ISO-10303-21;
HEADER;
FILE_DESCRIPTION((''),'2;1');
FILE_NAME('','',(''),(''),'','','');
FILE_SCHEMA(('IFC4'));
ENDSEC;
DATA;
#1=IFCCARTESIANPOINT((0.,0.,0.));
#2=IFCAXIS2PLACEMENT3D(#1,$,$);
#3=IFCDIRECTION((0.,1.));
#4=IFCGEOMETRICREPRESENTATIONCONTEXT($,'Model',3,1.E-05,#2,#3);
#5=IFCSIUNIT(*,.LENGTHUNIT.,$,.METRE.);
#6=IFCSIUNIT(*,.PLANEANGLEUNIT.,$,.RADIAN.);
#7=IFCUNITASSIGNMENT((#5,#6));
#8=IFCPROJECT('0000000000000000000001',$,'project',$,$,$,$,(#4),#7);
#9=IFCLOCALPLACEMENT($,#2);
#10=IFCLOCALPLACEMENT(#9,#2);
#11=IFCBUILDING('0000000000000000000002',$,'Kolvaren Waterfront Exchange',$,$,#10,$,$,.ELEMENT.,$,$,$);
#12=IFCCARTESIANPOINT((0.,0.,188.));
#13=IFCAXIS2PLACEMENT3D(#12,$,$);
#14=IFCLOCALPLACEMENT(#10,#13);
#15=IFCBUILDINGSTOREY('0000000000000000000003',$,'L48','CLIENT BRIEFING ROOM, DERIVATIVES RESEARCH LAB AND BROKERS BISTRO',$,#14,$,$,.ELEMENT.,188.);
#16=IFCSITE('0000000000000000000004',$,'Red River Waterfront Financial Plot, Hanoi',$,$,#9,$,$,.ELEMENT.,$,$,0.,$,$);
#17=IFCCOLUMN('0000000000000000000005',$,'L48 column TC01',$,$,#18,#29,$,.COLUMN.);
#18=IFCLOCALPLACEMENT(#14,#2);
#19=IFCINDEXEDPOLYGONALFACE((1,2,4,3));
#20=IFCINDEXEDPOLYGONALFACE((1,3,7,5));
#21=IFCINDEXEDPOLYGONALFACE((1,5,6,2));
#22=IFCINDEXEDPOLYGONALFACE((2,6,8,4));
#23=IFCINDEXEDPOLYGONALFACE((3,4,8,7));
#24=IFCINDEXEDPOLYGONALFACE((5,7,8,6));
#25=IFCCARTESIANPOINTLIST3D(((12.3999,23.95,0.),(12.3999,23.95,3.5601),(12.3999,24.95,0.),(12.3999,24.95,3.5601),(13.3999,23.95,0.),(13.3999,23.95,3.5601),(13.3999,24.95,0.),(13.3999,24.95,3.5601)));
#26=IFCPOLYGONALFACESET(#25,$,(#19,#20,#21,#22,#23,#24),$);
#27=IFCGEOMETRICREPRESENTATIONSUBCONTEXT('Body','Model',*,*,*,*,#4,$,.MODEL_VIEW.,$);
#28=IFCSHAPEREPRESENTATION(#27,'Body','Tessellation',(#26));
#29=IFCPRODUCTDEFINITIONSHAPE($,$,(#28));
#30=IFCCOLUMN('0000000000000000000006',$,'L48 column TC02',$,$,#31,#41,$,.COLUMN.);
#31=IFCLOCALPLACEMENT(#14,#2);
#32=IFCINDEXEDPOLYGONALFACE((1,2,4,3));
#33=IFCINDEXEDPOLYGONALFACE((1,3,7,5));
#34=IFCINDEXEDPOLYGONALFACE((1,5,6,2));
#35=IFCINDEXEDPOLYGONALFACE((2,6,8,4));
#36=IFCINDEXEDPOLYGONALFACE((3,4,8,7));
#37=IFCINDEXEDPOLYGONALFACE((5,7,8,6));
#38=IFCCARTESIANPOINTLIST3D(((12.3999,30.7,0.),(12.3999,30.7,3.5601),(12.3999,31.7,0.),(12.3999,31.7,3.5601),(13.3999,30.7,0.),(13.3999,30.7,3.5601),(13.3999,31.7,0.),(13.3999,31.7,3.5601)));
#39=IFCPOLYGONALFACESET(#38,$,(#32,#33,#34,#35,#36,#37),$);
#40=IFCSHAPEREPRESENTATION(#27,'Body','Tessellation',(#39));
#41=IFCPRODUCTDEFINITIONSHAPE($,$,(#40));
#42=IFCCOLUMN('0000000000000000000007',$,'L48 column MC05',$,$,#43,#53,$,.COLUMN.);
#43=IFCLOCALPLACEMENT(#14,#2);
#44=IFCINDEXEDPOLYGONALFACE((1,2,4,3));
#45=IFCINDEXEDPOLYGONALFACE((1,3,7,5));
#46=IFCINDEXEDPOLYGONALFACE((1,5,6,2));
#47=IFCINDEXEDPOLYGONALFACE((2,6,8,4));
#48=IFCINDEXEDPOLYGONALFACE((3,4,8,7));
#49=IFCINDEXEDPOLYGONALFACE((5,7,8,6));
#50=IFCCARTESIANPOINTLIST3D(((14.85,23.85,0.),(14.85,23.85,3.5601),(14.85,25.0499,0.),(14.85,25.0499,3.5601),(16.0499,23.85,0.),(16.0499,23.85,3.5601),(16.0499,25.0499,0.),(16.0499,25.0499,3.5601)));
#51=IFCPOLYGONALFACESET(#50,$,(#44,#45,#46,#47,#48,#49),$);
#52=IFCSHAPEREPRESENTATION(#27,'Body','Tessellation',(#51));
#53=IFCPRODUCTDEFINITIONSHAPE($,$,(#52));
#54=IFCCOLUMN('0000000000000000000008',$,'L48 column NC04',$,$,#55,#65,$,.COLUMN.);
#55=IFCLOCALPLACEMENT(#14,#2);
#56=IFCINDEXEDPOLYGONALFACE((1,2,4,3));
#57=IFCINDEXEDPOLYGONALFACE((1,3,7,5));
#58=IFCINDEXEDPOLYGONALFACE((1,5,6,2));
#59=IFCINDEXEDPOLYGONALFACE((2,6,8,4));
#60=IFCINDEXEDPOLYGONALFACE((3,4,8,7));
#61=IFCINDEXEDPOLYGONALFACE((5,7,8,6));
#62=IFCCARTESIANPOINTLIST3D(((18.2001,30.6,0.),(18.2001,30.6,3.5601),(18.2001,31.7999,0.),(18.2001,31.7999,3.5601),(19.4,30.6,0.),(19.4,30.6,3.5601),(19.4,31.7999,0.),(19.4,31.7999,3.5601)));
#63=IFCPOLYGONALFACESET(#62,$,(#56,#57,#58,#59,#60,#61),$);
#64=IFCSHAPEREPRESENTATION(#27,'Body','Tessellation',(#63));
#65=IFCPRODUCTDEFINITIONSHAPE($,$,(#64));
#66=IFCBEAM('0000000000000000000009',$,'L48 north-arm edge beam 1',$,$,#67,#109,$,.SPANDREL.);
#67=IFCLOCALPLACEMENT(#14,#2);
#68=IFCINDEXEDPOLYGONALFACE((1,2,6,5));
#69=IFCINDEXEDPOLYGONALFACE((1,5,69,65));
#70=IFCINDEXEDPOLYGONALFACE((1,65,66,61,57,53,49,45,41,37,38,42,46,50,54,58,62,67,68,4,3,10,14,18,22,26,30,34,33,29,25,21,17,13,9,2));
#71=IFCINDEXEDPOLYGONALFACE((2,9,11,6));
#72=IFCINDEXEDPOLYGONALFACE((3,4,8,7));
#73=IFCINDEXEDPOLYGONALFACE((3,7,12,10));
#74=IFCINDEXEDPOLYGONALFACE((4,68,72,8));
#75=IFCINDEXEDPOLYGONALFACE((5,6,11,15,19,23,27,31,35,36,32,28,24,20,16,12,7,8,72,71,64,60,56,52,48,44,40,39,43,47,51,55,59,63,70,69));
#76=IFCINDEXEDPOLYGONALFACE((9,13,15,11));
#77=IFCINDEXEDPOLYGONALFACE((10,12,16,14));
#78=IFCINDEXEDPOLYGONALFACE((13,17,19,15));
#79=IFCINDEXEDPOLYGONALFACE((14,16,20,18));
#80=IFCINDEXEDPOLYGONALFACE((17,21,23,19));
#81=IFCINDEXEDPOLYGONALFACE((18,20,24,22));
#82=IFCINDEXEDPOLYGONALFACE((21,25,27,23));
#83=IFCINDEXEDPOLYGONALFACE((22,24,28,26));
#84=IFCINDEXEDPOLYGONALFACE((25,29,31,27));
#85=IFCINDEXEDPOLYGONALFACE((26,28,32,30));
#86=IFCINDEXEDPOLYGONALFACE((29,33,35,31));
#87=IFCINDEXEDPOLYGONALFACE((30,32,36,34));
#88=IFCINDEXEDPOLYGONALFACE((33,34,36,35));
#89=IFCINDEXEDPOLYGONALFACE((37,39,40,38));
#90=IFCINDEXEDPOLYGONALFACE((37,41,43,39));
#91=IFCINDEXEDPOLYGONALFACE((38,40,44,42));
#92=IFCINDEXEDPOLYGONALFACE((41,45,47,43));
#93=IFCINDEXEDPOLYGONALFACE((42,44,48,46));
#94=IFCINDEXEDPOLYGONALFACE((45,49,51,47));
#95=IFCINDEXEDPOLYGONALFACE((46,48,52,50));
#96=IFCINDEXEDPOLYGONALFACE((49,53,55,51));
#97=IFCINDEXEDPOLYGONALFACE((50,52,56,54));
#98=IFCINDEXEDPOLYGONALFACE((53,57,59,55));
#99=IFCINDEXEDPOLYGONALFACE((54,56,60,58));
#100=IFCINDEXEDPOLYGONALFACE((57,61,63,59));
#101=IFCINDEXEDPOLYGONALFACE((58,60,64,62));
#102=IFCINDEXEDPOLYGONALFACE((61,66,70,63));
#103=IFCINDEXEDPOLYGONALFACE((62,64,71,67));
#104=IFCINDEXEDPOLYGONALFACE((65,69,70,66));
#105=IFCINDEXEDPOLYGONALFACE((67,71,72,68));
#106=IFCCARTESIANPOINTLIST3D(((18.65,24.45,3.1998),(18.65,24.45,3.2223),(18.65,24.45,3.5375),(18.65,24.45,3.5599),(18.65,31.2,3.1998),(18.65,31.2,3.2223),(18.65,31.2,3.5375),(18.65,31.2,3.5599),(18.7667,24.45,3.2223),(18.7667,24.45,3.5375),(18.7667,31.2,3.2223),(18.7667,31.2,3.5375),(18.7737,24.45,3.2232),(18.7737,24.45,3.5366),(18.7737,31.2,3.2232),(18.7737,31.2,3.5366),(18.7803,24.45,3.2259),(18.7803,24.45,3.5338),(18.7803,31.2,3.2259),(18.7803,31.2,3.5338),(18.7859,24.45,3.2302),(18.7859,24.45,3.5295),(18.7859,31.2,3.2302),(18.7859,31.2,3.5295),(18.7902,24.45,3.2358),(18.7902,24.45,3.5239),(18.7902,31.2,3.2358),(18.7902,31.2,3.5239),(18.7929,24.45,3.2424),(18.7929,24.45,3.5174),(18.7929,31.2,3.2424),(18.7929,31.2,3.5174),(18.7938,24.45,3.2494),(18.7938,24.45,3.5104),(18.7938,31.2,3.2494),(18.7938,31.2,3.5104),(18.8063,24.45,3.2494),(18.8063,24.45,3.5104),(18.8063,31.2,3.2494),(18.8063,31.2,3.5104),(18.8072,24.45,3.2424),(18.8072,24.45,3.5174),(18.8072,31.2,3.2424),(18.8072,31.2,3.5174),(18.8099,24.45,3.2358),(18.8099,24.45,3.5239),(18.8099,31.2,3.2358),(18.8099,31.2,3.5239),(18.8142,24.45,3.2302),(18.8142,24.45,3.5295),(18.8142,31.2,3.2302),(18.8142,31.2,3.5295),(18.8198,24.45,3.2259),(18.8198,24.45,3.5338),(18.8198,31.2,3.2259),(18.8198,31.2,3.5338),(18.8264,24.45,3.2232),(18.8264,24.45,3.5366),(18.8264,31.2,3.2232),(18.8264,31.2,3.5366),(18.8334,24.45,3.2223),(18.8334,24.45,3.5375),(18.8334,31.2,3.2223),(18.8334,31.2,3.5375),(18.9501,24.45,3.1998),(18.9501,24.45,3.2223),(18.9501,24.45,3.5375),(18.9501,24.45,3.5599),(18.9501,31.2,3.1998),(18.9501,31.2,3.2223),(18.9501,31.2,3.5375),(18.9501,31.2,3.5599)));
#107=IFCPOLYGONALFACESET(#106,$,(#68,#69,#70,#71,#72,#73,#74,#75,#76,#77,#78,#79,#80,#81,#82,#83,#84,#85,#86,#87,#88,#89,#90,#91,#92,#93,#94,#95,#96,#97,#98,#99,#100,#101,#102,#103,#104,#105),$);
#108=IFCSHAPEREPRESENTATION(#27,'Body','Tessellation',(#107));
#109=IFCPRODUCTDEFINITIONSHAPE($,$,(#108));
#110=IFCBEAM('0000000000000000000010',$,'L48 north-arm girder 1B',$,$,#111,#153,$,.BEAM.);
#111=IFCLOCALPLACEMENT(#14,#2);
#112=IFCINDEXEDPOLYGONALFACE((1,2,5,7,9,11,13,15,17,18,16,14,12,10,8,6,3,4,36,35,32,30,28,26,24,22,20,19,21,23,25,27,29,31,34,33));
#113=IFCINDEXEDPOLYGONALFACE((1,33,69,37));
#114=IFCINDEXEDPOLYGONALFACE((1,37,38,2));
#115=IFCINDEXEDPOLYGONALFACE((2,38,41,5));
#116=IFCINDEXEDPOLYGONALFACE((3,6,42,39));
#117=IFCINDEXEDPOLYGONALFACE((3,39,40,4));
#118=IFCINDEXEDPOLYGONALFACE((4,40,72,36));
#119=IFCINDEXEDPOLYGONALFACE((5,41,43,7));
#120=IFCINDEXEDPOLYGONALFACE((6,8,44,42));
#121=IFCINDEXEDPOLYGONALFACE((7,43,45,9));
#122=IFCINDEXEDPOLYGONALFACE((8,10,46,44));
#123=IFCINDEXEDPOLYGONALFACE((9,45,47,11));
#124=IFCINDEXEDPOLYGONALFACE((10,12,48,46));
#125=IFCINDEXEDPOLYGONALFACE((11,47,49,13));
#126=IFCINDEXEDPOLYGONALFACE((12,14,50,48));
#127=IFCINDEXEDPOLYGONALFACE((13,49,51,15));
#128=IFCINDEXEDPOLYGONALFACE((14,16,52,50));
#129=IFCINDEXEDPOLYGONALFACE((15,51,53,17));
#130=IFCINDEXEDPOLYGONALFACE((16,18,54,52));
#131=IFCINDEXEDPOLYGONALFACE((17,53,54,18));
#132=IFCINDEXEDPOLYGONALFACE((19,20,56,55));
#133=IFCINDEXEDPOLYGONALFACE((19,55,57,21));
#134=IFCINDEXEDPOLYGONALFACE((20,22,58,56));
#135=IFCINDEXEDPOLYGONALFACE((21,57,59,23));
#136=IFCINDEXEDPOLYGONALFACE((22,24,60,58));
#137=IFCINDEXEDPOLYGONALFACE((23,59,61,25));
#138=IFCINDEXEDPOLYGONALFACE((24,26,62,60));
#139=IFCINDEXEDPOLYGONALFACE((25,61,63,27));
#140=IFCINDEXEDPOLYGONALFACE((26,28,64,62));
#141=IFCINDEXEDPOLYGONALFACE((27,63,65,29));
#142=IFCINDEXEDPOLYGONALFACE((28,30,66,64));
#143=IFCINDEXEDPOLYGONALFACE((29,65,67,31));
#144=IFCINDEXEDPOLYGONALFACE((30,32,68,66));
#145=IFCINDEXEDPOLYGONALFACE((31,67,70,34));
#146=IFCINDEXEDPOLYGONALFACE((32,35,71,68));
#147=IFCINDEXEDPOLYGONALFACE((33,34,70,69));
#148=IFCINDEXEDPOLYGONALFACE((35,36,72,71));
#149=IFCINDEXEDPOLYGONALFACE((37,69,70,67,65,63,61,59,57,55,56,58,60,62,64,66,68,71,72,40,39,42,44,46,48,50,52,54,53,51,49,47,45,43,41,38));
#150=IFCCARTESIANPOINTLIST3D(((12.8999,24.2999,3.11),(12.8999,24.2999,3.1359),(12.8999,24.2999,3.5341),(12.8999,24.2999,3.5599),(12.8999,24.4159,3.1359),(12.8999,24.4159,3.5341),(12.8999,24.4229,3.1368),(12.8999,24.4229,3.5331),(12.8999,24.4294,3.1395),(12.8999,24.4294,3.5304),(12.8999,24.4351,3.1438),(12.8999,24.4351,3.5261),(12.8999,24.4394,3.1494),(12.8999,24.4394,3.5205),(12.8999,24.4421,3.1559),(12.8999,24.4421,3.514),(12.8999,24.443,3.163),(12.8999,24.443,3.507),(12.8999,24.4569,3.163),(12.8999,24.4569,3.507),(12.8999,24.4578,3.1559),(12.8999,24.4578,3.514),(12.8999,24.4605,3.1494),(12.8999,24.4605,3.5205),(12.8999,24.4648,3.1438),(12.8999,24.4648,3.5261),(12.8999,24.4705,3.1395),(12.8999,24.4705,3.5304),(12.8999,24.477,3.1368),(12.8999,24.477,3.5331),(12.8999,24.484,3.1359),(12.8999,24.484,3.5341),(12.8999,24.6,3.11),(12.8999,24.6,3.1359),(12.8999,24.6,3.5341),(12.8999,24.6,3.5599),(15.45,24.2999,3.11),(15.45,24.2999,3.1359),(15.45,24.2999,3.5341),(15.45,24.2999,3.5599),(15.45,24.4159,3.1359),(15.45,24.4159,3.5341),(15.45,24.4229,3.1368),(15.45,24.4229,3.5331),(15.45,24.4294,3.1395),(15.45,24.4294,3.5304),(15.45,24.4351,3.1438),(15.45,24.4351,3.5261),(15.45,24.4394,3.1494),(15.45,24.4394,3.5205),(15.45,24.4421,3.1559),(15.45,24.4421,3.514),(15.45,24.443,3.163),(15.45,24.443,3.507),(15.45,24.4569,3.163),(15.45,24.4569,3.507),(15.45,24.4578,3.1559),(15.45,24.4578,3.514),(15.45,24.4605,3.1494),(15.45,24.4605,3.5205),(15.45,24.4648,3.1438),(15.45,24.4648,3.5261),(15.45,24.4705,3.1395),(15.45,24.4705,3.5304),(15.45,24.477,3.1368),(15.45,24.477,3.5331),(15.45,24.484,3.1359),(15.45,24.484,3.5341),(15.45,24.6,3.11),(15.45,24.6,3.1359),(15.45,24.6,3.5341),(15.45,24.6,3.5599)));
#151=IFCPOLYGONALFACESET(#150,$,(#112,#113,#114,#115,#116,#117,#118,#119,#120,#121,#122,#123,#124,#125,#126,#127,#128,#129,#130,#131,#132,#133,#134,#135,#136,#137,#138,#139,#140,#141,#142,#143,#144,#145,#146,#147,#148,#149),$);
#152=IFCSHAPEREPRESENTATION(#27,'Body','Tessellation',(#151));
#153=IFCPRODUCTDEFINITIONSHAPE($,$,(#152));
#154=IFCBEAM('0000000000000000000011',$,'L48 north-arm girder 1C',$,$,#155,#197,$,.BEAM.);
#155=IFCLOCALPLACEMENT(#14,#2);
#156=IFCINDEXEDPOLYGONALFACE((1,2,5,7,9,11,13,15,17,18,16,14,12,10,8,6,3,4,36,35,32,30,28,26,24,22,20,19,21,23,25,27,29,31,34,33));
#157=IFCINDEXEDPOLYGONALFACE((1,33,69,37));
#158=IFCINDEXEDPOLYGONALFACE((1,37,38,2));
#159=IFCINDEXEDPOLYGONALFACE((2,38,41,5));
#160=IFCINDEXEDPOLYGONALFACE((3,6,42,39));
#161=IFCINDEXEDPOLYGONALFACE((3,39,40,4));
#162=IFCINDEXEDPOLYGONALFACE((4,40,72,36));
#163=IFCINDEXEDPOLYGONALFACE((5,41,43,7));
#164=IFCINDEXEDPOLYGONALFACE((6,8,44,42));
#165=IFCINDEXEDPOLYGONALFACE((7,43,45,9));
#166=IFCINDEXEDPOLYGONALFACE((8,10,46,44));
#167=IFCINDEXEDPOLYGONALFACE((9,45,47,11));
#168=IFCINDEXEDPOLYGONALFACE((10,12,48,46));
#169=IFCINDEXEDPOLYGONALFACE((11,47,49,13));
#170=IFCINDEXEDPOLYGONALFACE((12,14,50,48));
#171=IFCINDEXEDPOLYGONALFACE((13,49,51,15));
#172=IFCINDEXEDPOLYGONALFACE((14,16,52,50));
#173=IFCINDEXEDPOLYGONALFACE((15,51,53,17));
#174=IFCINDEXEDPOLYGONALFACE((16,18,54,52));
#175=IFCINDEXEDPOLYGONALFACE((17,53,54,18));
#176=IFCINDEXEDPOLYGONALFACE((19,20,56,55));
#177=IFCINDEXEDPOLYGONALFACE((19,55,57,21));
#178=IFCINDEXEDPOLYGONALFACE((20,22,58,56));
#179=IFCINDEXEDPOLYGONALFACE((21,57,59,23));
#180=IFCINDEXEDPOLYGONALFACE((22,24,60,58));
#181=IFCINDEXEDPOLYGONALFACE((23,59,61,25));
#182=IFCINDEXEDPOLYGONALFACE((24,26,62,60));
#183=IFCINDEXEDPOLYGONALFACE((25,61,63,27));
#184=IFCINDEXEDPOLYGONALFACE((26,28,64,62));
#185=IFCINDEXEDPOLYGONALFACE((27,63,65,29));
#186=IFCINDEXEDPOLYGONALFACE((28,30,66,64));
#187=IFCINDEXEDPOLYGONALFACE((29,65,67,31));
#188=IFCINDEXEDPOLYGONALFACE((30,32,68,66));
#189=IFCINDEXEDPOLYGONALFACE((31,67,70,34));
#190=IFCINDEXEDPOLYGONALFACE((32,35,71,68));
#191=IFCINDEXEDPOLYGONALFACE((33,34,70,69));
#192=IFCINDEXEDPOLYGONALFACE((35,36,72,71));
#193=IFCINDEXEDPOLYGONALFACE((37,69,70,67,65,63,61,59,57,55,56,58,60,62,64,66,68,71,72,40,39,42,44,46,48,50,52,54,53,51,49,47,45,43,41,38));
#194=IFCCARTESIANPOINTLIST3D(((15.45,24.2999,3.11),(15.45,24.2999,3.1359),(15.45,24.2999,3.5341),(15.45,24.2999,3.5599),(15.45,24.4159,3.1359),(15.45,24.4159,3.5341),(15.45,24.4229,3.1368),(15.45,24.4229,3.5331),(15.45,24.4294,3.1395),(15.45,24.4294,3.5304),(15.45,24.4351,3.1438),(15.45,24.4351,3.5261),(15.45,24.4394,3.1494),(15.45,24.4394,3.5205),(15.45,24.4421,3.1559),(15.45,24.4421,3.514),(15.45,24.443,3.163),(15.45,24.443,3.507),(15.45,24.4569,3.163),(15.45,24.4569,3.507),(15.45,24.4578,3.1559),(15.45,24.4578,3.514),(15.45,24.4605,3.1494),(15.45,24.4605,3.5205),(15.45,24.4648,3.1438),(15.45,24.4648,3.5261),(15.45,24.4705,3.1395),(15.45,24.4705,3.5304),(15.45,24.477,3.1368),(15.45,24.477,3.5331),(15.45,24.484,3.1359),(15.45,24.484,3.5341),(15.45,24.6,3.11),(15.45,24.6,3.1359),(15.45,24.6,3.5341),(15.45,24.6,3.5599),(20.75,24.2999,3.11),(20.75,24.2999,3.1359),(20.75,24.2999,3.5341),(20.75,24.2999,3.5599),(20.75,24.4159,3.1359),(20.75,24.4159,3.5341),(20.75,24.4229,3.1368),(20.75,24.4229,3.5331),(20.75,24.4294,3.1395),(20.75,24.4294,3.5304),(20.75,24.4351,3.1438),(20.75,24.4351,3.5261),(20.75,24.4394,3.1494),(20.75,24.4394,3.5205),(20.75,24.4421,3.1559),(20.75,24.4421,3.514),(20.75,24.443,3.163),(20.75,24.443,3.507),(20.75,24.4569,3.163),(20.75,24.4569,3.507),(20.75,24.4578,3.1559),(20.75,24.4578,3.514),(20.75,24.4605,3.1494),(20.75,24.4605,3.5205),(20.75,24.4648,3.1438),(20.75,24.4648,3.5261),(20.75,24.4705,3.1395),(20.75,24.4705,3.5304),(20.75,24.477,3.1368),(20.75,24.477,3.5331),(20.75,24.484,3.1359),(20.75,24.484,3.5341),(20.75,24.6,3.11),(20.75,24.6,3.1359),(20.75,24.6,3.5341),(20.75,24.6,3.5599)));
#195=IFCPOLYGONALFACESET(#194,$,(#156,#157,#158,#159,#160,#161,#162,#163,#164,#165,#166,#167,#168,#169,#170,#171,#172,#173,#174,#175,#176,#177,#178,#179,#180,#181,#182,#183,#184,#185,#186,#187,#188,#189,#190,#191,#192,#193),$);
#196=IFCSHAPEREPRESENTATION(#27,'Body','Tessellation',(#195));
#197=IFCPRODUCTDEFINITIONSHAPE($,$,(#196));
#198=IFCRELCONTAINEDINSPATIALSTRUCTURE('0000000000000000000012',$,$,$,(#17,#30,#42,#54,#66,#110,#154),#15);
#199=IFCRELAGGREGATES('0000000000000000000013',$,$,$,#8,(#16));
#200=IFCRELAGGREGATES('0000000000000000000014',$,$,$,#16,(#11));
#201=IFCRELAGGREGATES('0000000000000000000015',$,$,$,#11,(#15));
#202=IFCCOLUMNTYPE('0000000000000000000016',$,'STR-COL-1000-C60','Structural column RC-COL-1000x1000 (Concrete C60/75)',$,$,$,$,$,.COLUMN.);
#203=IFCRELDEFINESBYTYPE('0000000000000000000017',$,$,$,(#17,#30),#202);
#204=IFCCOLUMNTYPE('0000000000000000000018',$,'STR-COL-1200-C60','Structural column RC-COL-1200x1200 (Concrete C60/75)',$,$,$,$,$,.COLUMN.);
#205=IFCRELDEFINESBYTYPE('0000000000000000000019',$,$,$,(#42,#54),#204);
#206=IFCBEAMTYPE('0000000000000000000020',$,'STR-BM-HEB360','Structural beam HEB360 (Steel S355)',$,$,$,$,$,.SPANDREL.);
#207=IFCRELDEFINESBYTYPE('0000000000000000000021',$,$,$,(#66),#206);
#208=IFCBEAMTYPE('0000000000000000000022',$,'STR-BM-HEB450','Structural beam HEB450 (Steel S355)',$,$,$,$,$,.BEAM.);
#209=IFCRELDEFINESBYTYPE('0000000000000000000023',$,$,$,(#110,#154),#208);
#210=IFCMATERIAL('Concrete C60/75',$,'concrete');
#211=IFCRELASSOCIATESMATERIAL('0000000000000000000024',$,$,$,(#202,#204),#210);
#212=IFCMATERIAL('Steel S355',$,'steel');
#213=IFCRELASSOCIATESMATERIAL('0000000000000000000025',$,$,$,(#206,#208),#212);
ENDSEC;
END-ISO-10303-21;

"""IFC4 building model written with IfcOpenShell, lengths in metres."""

from ifc_helpers import new_model, si_unit, direction, frame, origin, origin_2d, place, context, subcontext, project, spatial, rectangle, i_section, extrude, material, material_profile, profile_set, type_object, element, save


model = new_model("IFC4")

# Units and contexts
model_context = context("Model", 3, precision=1e-05, world=origin(), true_north=direction((0.0, 1.0)))
body_context = subcontext(model_context, "Body", "Model", "MODEL_VIEW")
ifc_project = project(units=[si_unit("LENGTHUNIT", "METRE"), si_unit("PLANEANGLEUNIT", "RADIAN")], contexts=[model_context])

# Site, building, storey
site_placement = place(None, origin())
site = spatial("IfcSite", under=ifc_project, at=site_placement, Name="Red River Waterfront Financial Plot, Hanoi", CompositionType="ELEMENT", RefElevation=0.0)
building_placement = place(site_placement, origin())
building = spatial("IfcBuilding", under=site, at=building_placement, Name="Kolvaren Waterfront Exchange", CompositionType="ELEMENT")
storey_placement = place(building_placement, frame((0.0, 0.0, 188.0)))
storey = spatial("IfcBuildingStorey", under=building, at=storey_placement, Name="L48", Description="CLIENT BRIEFING ROOM, DERIVATIVES RESEARCH LAB AND BROKERS BISTRO", CompositionType="ELEMENT", Elevation=188.0)

# Columns
ifc_material_1 = material(Name="Concrete C60/75", Category="concrete")
ifc_material_profile_1 = material_profile(ifc_material_1, rectangle(XDim=1.0, YDim=1.0, at=origin_2d()), Name="RC-COL-1000x1000")
ifc_profile_set_1 = profile_set([ifc_material_profile_1], Name="Concrete C60/75")
column_type_1 = type_object("IfcColumnType", Name="STR-COL-1000-C60", Description="Structural column RC-COL-1000x1000 (Concrete C60/75)", PredefinedType="COLUMN", material=ifc_profile_set_1)
for number, where, z_axis, x_axis, name in (
    (1, (12.8999, 24.45, 0.0), (0.0, 0.0, 1.0), (1.0, 0.0, 0.0), "L48 column TC01"),
    (2, (12.8999, 31.2, 0.0), (0.0, 0.0, 1.0), (1.0, 0.0, 0.0), "L48 column TC02"),
):
    element("IfcColumn", number, at=place(storey_placement, frame(where, z_axis=z_axis, x_axis=x_axis)), inside=storey, type_object=column_type_1, Name=name, PredefinedType="COLUMN", context=body_context, shape_type="SweptSolid", body=[
        extrude(rectangle(XDim=1.0, YDim=1.0, at=origin_2d()), origin(), (0.0, 0.0, 1.0), 3.5601),
    ])
ifc_material_profile_2 = material_profile(ifc_material_1, rectangle(XDim=1.2, YDim=1.2, at=origin_2d()), Name="RC-COL-1200x1200")
ifc_profile_set_2 = profile_set([ifc_material_profile_2], Name="Concrete C60/75")
column_type_2 = type_object("IfcColumnType", Name="STR-COL-1200-C60", Description="Structural column RC-COL-1200x1200 (Concrete C60/75)", PredefinedType="COLUMN", material=ifc_profile_set_2)
for number, where, z_axis, x_axis, name in (
    (3, (15.45, 24.45, 0.0), (0.0, 0.0, 1.0), (1.0, 0.0, 0.0), "L48 column MC05"),
    (4, (18.8, 31.2, 0.0), (0.0, 0.0, 1.0), (1.0, 0.0, 0.0), "L48 column NC04"),
):
    element("IfcColumn", number, at=place(storey_placement, frame(where, z_axis=z_axis, x_axis=x_axis)), inside=storey, type_object=column_type_2, Name=name, PredefinedType="COLUMN", context=body_context, shape_type="SweptSolid", body=[
        extrude(rectangle(XDim=1.2, YDim=1.2, at=origin_2d()), origin(), (0.0, 0.0, 1.0), 3.5601),
    ])

# Beams
ifc_material_2 = material(Name="Steel S355", Category="steel")
ifc_material_profile_3 = material_profile(ifc_material_2, i_section(OverallWidth=0.3, OverallDepth=0.3601, WebThickness=0.0125, FlangeThickness=0.0225, FilletRadius=0.0271, at=origin_2d()), Name="HEB360")
ifc_profile_set_3 = profile_set([ifc_material_profile_3], Name="Steel S355")
beam_type_1 = type_object("IfcBeamType", Name="STR-BM-HEB360", Description="Structural beam HEB360 (Steel S355)", PredefinedType="SPANDREL", material=ifc_profile_set_3)
beam_1_placement = place(storey_placement, frame((18.8, 24.45, 3.3799), z_axis=(0.0, 1.0, 0.0), x_axis=(-1.0, 0.0, 0.0)))
element("IfcBeam", 5, at=beam_1_placement, inside=storey, type_object=beam_type_1, Name="L48 north-arm edge beam 1", PredefinedType="SPANDREL", context=body_context, shape_type="SweptSolid", body=[
    extrude(i_section(OverallWidth=0.3, OverallDepth=0.3601, WebThickness=0.0125, FlangeThickness=0.0225, FilletRadius=0.0271, at=origin_2d()), origin(), (0.0, 0.0, 1.0), 6.75),
])
ifc_material_profile_4 = material_profile(ifc_material_2, i_section(OverallWidth=0.3, OverallDepth=0.45, WebThickness=0.0139, FlangeThickness=0.0259, FilletRadius=0.0271, at=origin_2d()), Name="HEB450")
ifc_profile_set_4 = profile_set([ifc_material_profile_4], Name="Steel S355")
beam_type_2 = type_object("IfcBeamType", Name="STR-BM-HEB450", Description="Structural beam HEB450 (Steel S355)", PredefinedType="BEAM", material=ifc_profile_set_4)
beam_2_placement = place(storey_placement, frame((12.8999, 24.45, 3.335), z_axis=(1.0, 0.0, 0.0), x_axis=(0.0, 1.0, 0.0)))
element("IfcBeam", 6, at=beam_2_placement, inside=storey, type_object=beam_type_2, Name="L48 north-arm girder 1B", PredefinedType="BEAM", context=body_context, shape_type="SweptSolid", body=[
    extrude(i_section(OverallWidth=0.3, OverallDepth=0.45, WebThickness=0.0139, FlangeThickness=0.0259, FilletRadius=0.0271, at=origin_2d()), origin(), (0.0, 0.0, 1.0), 2.55),
])
beam_3_placement = place(storey_placement, frame((15.45, 24.45, 3.335), z_axis=(1.0, 0.0, 0.0), x_axis=(0.0, 1.0, 0.0)))
element("IfcBeam", 7, at=beam_3_placement, inside=storey, type_object=beam_type_2, Name="L48 north-arm girder 1C", PredefinedType="BEAM", context=body_context, shape_type="SweptSolid", body=[
    extrude(i_section(OverallWidth=0.3, OverallDepth=0.45, WebThickness=0.0139, FlangeThickness=0.0259, FilletRadius=0.0271, at=origin_2d()), origin(), (0.0, 0.0, 1.0), 5.3),
])

save(model, "model.ifc")
